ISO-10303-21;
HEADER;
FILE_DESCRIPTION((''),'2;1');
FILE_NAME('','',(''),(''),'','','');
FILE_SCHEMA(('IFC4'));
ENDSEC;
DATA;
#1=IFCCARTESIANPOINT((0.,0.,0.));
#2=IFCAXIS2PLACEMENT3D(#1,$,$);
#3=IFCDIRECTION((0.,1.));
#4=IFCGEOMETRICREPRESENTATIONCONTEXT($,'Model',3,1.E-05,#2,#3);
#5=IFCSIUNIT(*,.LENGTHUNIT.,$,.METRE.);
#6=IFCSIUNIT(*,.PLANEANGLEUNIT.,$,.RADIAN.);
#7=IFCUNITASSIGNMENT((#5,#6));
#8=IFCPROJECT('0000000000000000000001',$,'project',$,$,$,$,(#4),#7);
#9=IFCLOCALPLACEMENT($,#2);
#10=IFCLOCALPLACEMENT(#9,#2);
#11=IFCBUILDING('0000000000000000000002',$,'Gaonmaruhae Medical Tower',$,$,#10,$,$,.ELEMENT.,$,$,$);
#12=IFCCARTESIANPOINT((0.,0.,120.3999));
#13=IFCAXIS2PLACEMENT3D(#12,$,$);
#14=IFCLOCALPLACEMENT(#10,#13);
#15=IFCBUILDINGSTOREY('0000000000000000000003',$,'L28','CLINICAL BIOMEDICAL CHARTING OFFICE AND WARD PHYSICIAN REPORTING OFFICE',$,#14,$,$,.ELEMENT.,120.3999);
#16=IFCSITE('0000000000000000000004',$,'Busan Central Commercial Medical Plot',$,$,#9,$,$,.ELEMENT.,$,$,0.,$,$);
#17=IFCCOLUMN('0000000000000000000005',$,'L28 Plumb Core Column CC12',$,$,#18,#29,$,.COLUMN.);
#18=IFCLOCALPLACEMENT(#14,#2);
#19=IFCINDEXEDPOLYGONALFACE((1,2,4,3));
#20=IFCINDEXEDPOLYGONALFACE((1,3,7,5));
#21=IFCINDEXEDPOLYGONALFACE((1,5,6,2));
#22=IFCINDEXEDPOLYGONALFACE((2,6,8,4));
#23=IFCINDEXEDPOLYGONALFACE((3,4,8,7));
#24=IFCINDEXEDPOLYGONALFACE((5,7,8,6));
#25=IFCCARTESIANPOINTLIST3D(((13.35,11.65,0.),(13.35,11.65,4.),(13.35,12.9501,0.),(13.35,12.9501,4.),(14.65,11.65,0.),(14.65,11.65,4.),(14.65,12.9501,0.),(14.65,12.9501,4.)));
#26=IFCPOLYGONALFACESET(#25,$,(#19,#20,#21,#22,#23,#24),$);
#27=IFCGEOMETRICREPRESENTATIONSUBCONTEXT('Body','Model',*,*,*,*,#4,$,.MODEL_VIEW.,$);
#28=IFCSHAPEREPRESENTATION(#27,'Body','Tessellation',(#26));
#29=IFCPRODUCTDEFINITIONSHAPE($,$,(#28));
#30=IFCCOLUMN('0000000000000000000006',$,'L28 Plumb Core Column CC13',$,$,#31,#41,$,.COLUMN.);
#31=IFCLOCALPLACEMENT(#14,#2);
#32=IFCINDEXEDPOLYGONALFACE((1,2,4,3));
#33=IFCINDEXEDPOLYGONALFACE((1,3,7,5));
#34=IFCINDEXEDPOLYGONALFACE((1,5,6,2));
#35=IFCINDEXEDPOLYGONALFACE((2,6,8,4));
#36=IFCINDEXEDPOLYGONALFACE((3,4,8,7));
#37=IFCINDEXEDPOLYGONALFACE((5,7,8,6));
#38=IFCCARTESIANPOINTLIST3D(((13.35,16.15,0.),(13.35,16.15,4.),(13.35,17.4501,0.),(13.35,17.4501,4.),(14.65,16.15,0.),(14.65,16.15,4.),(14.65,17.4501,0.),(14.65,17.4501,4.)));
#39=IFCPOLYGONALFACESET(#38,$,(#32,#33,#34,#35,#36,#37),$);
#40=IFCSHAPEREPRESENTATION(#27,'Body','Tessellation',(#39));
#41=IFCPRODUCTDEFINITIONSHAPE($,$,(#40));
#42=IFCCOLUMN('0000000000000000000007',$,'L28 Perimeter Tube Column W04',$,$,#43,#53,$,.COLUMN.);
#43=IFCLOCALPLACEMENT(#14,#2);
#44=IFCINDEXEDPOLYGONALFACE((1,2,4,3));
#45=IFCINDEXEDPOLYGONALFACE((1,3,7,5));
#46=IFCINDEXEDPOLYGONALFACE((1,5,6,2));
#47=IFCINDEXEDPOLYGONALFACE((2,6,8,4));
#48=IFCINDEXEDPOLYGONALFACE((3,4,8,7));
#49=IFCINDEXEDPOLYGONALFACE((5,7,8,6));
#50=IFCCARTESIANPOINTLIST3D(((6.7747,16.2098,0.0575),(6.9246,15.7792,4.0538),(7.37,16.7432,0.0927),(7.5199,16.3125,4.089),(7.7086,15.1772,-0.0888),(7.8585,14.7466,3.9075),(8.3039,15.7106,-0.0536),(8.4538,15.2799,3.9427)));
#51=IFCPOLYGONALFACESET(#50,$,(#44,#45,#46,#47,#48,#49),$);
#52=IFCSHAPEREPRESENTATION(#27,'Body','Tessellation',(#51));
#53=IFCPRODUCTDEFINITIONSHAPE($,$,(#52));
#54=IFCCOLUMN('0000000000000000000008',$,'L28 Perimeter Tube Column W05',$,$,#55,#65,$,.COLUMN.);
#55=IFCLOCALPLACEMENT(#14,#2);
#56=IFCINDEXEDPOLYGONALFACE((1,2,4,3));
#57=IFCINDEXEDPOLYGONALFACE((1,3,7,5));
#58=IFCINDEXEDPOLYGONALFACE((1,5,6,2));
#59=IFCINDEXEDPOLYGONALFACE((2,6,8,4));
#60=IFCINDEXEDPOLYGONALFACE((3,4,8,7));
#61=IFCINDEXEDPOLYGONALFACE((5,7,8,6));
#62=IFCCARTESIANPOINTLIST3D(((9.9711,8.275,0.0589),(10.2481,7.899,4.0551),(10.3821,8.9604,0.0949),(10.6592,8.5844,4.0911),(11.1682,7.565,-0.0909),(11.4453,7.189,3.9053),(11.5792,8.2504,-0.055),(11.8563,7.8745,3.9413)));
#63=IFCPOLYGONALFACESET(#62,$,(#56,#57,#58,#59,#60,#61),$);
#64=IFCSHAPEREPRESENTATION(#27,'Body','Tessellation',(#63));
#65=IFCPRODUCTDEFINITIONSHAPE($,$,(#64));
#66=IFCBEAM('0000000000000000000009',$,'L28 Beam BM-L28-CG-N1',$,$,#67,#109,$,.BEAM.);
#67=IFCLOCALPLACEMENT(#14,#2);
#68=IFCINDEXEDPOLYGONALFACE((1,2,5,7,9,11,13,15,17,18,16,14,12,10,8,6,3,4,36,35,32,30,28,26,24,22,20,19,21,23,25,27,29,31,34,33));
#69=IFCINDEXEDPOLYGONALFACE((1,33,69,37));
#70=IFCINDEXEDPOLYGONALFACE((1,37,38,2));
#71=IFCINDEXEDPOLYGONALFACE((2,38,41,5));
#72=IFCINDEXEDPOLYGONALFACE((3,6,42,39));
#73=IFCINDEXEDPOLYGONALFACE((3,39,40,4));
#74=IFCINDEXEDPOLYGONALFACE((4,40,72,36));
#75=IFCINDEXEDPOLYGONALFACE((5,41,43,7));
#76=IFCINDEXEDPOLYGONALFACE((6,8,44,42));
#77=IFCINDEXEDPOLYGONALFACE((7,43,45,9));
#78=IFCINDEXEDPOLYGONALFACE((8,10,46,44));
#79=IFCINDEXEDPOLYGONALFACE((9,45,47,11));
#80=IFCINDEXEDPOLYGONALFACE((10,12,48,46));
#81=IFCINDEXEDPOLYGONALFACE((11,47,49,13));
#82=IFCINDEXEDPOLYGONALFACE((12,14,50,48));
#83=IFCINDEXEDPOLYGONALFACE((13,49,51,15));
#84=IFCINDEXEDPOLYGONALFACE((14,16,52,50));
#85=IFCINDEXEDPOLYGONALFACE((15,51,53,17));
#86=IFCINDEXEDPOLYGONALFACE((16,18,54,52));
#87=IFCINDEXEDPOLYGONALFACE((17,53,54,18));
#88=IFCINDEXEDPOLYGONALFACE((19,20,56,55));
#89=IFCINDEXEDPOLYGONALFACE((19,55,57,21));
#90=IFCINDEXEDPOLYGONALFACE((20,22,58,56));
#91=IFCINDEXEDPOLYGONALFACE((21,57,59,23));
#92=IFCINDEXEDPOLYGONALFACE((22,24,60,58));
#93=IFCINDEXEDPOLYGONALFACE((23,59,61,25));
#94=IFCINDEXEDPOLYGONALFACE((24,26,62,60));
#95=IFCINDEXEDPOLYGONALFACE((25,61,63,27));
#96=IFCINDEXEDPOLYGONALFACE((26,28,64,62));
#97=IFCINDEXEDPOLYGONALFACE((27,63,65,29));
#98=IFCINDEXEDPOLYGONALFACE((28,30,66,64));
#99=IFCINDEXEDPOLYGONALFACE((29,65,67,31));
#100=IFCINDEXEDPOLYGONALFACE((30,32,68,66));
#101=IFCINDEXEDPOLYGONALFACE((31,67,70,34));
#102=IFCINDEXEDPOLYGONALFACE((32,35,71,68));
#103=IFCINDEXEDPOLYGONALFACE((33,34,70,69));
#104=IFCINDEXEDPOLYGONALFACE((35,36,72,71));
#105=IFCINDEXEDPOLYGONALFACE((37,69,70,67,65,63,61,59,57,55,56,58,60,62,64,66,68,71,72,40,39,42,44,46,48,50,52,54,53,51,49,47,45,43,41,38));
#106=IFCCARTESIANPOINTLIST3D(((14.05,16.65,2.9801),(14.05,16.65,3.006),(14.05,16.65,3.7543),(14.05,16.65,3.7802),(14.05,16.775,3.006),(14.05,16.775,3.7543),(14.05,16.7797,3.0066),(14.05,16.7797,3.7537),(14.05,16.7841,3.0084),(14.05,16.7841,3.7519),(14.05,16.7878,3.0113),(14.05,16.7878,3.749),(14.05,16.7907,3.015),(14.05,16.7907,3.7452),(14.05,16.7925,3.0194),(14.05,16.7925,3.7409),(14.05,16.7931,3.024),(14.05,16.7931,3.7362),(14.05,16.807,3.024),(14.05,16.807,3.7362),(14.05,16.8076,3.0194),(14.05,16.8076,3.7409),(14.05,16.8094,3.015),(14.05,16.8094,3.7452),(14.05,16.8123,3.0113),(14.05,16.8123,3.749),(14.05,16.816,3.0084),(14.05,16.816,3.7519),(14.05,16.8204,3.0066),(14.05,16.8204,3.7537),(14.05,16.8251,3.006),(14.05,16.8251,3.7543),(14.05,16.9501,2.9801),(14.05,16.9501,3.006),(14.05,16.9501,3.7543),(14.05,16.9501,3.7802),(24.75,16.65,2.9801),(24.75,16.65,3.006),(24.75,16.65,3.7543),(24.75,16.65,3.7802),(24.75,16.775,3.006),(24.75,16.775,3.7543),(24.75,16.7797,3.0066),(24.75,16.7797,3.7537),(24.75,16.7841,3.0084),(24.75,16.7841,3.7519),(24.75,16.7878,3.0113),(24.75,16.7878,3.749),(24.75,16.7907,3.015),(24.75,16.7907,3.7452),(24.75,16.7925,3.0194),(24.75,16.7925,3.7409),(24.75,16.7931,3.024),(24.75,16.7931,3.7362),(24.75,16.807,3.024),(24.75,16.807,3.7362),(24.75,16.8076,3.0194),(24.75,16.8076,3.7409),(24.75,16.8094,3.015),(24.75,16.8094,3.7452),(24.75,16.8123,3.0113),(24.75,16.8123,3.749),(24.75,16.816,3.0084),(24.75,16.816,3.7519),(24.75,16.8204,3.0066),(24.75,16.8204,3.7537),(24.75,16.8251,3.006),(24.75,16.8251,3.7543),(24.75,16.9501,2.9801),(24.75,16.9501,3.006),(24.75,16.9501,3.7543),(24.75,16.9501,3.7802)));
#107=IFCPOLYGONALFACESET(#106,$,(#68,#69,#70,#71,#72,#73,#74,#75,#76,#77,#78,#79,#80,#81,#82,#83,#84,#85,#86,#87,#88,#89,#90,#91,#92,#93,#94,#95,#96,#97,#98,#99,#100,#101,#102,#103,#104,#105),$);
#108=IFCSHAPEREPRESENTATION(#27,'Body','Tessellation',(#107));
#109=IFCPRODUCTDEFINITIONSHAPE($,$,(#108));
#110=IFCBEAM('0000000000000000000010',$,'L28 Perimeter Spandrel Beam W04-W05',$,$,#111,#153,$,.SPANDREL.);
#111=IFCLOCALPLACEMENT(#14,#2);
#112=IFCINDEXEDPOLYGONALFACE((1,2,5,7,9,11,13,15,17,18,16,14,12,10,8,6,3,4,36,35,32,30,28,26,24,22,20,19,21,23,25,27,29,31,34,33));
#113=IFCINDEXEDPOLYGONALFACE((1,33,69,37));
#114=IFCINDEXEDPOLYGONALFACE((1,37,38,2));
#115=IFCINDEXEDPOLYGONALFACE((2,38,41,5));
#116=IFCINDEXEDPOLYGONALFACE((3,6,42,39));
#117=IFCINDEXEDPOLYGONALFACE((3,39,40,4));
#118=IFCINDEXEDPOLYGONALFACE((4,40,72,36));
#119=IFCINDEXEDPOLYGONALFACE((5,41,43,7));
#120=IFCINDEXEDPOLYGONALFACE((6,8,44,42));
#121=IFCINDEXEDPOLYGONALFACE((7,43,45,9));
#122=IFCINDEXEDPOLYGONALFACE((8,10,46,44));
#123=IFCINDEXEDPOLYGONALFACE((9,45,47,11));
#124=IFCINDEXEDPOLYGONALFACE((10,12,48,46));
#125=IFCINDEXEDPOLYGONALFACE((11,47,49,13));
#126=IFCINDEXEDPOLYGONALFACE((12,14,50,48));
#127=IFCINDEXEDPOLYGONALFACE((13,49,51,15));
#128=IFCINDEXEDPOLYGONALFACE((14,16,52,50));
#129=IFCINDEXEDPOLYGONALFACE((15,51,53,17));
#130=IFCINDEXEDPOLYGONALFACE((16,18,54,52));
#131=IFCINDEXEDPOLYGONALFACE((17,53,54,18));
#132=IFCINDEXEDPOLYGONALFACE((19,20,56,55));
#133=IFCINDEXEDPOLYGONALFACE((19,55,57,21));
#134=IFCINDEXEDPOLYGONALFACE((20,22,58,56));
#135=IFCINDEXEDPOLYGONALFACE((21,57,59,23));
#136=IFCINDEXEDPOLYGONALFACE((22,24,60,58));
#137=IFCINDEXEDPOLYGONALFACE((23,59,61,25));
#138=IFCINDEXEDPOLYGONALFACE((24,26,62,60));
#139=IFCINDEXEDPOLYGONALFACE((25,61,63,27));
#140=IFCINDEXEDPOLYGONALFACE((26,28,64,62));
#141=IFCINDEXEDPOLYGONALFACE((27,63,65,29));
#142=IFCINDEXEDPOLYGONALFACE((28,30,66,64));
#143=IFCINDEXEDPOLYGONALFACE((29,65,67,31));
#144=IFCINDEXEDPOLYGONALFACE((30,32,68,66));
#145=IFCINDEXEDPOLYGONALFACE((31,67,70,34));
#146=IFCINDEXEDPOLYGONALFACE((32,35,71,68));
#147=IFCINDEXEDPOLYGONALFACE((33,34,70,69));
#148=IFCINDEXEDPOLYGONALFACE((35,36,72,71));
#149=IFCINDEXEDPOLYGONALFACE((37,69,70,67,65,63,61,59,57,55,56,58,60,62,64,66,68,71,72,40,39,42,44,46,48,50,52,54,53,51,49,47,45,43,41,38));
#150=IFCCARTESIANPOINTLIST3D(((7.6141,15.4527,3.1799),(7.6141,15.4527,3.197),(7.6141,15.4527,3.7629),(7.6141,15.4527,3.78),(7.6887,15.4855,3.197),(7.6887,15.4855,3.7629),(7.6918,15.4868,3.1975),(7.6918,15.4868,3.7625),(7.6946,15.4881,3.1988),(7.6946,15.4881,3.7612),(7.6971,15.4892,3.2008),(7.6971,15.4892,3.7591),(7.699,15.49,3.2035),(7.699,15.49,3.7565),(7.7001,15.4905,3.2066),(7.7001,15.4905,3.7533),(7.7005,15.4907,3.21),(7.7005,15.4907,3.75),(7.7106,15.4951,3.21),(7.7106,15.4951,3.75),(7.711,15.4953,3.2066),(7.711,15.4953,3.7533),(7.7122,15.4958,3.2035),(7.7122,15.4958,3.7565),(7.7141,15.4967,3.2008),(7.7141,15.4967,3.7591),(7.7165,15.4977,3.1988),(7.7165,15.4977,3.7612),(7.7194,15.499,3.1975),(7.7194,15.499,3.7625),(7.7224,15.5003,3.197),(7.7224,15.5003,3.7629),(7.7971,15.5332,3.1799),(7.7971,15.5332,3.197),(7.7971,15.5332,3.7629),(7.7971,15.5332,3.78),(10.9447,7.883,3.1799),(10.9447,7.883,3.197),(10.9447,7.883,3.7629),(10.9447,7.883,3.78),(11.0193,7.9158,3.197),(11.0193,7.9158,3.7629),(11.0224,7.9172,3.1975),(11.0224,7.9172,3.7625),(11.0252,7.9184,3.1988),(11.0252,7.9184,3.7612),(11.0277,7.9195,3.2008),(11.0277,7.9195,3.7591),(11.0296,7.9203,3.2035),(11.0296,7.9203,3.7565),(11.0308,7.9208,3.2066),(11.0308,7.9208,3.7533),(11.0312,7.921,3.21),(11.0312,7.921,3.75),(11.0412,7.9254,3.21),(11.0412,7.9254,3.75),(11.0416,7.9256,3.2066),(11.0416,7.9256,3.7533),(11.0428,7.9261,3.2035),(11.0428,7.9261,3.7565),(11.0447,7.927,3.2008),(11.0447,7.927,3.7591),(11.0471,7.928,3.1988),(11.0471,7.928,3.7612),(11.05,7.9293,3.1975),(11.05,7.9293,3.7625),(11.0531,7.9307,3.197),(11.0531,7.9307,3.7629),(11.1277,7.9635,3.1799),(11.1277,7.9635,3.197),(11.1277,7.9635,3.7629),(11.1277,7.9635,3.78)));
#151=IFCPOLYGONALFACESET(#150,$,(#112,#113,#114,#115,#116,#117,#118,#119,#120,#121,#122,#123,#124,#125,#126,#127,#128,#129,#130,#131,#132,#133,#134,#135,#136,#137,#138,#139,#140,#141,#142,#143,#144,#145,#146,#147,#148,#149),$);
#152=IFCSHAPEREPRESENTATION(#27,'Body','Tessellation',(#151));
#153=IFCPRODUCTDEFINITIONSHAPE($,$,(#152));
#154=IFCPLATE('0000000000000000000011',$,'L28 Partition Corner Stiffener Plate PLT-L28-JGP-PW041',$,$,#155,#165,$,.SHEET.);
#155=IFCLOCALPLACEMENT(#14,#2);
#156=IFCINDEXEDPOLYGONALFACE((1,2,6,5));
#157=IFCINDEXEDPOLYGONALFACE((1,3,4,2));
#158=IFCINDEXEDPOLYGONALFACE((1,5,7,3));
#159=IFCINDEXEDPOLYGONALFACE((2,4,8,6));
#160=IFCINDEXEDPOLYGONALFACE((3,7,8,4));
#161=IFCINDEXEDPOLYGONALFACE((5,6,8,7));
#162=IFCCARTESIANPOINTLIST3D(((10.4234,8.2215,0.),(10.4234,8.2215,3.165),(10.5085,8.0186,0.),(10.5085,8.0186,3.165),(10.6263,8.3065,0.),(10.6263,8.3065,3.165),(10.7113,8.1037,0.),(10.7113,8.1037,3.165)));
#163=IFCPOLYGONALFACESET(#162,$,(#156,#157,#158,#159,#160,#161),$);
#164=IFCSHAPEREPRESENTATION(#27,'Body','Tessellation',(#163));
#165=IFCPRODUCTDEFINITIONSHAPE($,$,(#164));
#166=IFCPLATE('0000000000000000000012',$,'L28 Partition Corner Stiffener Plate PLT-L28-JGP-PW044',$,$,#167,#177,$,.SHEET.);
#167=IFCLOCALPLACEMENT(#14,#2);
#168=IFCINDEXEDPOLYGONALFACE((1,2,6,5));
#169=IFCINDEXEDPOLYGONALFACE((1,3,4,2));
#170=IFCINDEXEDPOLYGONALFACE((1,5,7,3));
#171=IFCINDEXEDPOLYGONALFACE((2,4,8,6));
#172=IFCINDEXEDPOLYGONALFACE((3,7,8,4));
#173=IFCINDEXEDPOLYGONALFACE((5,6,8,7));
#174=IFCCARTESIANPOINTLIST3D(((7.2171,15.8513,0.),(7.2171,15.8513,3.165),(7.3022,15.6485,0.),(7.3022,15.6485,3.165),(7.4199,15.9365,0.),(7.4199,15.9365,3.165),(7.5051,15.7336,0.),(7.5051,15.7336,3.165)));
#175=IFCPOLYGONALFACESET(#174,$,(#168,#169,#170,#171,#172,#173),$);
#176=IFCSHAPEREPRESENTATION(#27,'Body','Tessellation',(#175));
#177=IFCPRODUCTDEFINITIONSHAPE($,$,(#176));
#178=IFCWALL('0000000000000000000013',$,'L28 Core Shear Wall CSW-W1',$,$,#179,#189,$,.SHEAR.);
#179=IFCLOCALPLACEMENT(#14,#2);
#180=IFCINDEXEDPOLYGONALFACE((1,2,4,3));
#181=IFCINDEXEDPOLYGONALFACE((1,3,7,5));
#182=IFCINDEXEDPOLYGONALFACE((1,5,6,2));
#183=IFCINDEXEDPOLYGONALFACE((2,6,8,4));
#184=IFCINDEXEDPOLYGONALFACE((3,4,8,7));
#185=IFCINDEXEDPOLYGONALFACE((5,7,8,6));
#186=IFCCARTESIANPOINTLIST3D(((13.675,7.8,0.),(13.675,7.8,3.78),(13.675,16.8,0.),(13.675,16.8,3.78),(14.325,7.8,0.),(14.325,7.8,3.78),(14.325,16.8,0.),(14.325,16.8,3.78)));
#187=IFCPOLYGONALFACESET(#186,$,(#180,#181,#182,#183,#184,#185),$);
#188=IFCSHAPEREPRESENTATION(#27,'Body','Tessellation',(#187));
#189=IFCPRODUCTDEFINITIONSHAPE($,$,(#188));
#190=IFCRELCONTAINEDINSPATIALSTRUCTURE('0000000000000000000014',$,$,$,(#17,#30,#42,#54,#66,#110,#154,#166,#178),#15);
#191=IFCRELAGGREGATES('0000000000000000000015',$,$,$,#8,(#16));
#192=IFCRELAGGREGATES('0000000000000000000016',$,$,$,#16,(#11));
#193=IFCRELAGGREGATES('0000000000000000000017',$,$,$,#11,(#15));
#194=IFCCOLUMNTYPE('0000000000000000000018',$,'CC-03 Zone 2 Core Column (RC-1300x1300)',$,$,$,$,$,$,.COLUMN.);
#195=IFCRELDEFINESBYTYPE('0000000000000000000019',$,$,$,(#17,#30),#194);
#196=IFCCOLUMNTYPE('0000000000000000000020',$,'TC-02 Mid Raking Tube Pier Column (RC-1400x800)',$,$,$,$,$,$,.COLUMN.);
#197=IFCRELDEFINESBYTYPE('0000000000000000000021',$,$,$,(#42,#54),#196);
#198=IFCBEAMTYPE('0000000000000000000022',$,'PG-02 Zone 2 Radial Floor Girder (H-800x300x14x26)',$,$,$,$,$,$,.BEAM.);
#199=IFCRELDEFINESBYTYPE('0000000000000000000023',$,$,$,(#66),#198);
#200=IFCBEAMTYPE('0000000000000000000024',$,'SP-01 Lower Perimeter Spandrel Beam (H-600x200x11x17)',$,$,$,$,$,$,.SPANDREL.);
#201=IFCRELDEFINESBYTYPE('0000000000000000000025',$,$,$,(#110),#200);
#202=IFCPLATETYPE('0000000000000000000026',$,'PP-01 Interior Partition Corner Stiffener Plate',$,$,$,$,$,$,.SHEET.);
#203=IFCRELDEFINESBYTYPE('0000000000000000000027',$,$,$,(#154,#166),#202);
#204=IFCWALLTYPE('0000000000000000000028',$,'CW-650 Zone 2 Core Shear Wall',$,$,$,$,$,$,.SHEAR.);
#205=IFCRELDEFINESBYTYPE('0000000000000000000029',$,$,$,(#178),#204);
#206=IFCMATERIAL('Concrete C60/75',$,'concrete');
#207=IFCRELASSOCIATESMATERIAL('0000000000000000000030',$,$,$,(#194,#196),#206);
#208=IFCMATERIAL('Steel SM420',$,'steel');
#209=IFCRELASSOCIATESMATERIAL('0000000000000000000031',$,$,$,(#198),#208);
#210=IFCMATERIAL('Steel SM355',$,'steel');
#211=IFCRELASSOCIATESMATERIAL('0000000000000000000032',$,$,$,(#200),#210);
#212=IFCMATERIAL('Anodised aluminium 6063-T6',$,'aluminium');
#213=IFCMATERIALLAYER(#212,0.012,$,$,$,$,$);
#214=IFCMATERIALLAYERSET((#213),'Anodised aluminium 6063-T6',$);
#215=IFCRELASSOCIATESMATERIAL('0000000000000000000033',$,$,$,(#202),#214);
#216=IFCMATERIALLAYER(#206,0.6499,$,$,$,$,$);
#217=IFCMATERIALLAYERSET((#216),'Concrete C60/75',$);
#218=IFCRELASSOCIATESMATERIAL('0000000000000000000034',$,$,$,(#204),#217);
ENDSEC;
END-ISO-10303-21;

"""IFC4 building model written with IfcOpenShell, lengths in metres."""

from ifc_helpers import new_model, si_unit, direction, frame, frame_2d, origin, origin_2d, place, context, subcontext, project, spatial, rectangle, i_section, extrude, material, layer, layer_set, material_profile, profile_set, type_object, element, save


model = new_model("IFC4")

# Units and contexts
model_context = context("Model", 3, precision=1e-05, world=origin(), true_north=direction((0.0, 1.0)))
body_context = subcontext(model_context, "Body", "Model", "MODEL_VIEW")
ifc_project = project(units=[si_unit("LENGTHUNIT", "METRE"), si_unit("PLANEANGLEUNIT", "RADIAN")], contexts=[model_context])

# Site, building, storey
site_placement = place(None, origin())
site = spatial("IfcSite", under=ifc_project, at=site_placement, Name="Busan Central Commercial Medical Plot", CompositionType="ELEMENT", RefElevation=0.0)
building_placement = place(site_placement, origin())
building = spatial("IfcBuilding", under=site, at=building_placement, Name="Gaonmaruhae Medical Tower", CompositionType="ELEMENT")
storey_placement = place(building_placement, frame((0.0, 0.0, 120.3999)))
storey = spatial("IfcBuildingStorey", under=building, at=storey_placement, Name="L28", Description="CLINICAL BIOMEDICAL CHARTING OFFICE AND WARD PHYSICIAN REPORTING OFFICE", CompositionType="ELEMENT", Elevation=120.3999)

# Columns
ifc_material_1 = material(Name="Concrete C60/75", Category="concrete")
ifc_material_profile_1 = material_profile(ifc_material_1, rectangle(XDim=1.3, YDim=1.3, at=origin_2d()), Name="RC-1300x1300")
ifc_profile_set_1 = profile_set([ifc_material_profile_1], Name="Concrete C60/75")
column_type_1 = type_object("IfcColumnType", Name="CC-03 Zone 2 Core Column (RC-1300x1300)", PredefinedType="COLUMN", material=ifc_profile_set_1)
for number, where, z_axis, x_axis, name in (
    (1, (14.0, 12.3, 0.0), (0.0, 0.0, 1.0), (1.0, 0.0, 0.0), "L28 Plumb Core Column CC12"),
    (2, (14.0, 16.8, 0.0), (0.0, 0.0, 1.0), (1.0, 0.0, 0.0), "L28 Plumb Core Column CC13"),
):
    element("IfcColumn", number, at=place(storey_placement, frame(where, z_axis=z_axis, x_axis=x_axis)), inside=storey, type_object=column_type_1, Name=name, PredefinedType="COLUMN", context=body_context, shape_type="SweptSolid", body=[
        extrude(rectangle(XDim=1.3, YDim=1.3, at=origin_2d()), origin(), (0.0, 0.0, 1.0), 4.0),
    ])
ifc_material_profile_2 = material_profile(ifc_material_1, rectangle(XDim=1.3999, YDim=0.8, at=origin_2d()), Name="RC-1400x800")
ifc_profile_set_2 = profile_set([ifc_material_profile_2], Name="Concrete C60/75")
column_type_2 = type_object("IfcColumnType", Name="TC-02 Mid Raking Tube Pier Column (RC-1400x800)", PredefinedType="COLUMN", material=ifc_profile_set_2)
column_1_placement = place(storey_placement, frame((7.5393, 15.9602, 0.002), z_axis=(0.037268, -0.10707, 0.993553), x_axis=(-0.667068, 0.73763, 0.104512)))
element("IfcColumn", 3, at=column_1_placement, inside=storey, type_object=column_type_2, Name="L28 Perimeter Tube Column W04", PredefinedType="COLUMN", context=body_context, shape_type="SweptSolid", body=[
    extrude(rectangle(XDim=1.3999, YDim=0.8, at=origin_2d()), origin(), (0.0, 0.0, 1.0), 4.0222),
])
column_2_placement = place(storey_placement, frame((10.7751, 8.2627, 0.002), z_axis=(0.06887, -0.093444, 0.99324), x_axis=(-0.855179, 0.507166, 0.107011)))
element("IfcColumn", 4, at=column_2_placement, inside=storey, type_object=column_type_2, Name="L28 Perimeter Tube Column W05", PredefinedType="COLUMN", context=body_context, shape_type="SweptSolid", body=[
    extrude(rectangle(XDim=1.3999, YDim=0.8, at=origin_2d()), origin(), (0.0, 0.0, 1.0), 4.0234),
])

# Beams
ifc_material_2 = material(Name="Steel SM420", Category="steel")
ifc_material_profile_3 = material_profile(ifc_material_2, i_section(OverallWidth=0.3, OverallDepth=0.8, WebThickness=0.0139, FlangeThickness=0.0259, FilletRadius=0.0181, at=origin_2d()), Name="H-800x300x14x26")
ifc_profile_set_3 = profile_set([ifc_material_profile_3], Name="Steel SM420")
beam_type_1 = type_object("IfcBeamType", Name="PG-02 Zone 2 Radial Floor Girder (H-800x300x14x26)", PredefinedType="BEAM", material=ifc_profile_set_3)
beam_1_placement = place(storey_placement, frame((14.05, 16.8, 3.3801), z_axis=(1.0, 0.0, 0.0), x_axis=(0.0, 1.0, 0.0)))
element("IfcBeam", 5, at=beam_1_placement, inside=storey, type_object=beam_type_1, Name="L28 Beam BM-L28-CG-N1", PredefinedType="BEAM", context=body_context, shape_type="SweptSolid", body=[
    extrude(i_section(OverallWidth=0.3, OverallDepth=0.8, WebThickness=0.0139, FlangeThickness=0.0259, FilletRadius=0.0181, at=origin_2d()), origin(), (0.0, 0.0, 1.0), 10.7),
])
ifc_material_3 = material(Name="Steel SM355", Category="steel")
ifc_material_profile_4 = material_profile(ifc_material_3, i_section(OverallWidth=0.2, OverallDepth=0.6001, WebThickness=0.011, FlangeThickness=0.0171, FilletRadius=0.0129, at=origin_2d()), Name="H-600x200x11x17")
ifc_profile_set_4 = profile_set([ifc_material_profile_4], Name="Steel SM355")
beam_type_2 = type_object("IfcBeamType", Name="SP-01 Lower Perimeter Spandrel Beam (H-600x200x11x17)", PredefinedType="SPANDREL", material=ifc_profile_set_4)
beam_2_placement = place(storey_placement, frame((7.7056, 15.4929, 3.48), z_axis=(0.402734, -0.915317, 0.0), x_axis=(0.915317, 0.402734, 0.0)))
element("IfcBeam", 6, at=beam_2_placement, inside=storey, type_object=beam_type_2, Name="L28 Perimeter Spandrel Beam W04-W05", PredefinedType="SPANDREL", context=body_context, shape_type="SweptSolid", body=[
    extrude(i_section(OverallWidth=0.2, OverallDepth=0.6001, WebThickness=0.011, FlangeThickness=0.0171, FilletRadius=0.0129, at=origin_2d()), origin(), (0.0, 0.0, 1.0), 8.27),
])

# Plates
ifc_material_4 = material(Name="Anodised aluminium 6063-T6", Category="aluminium")
ifc_layer_1 = layer(ifc_material_4, 0.012)
ifc_layer_set_1 = layer_set([ifc_layer_1], Name="Anodised aluminium 6063-T6")
plate_type = type_object("IfcPlateType", Name="PP-01 Interior Partition Corner Stiffener Plate", PredefinedType="SHEET", material=ifc_layer_set_1)
for number, where, z_axis, x_axis, name in (
    (7, (10.5674, 8.1626, 0.0), (0.0, 0.0, 1.0), (-0.386534, 0.922275, 0.0), "L28 Partition Corner Stiffener Plate PLT-L28-JGP-PW041"),
    (8, (7.3611, 15.7925, 0.0), (0.0, 0.0, 1.0), (-0.38692, 0.922113, 0.0), "L28 Partition Corner Stiffener Plate PLT-L28-JGP-PW044"),
):
    element("IfcPlate", number, at=place(storey_placement, frame(where, z_axis=z_axis, x_axis=x_axis)), inside=storey, type_object=plate_type, Name=name, PredefinedType="SHEET", context=body_context, shape_type="SweptSolid", body=[
        extrude(rectangle(XDim=0.22, YDim=0.22, at=origin_2d()), origin(), (0.0, 0.0, 1.0), 3.165),
    ])

# Wall
ifc_layer_2 = layer(ifc_material_1, 0.6499)
ifc_layer_set_2 = layer_set([ifc_layer_2], Name="Concrete C60/75")
wall_type_1 = type_object("IfcWallType", Name="CW-650 Zone 2 Core Shear Wall", PredefinedType="SHEAR", material=ifc_layer_set_2)
wall_1_placement = place(storey_placement, frame((14.0, 16.8, 0.0), z_axis=(0.0, 0.0, 1.0), x_axis=(0.0, -1.0, 0.0)))
element("IfcWall", 9, at=wall_1_placement, inside=storey, type_object=wall_type_1, Name="L28 Core Shear Wall CSW-W1", PredefinedType="SHEAR", context=body_context, shape_type="SweptSolid", body=[
    extrude(rectangle(XDim=9.0, YDim=0.6499, at=frame_2d((4.5, 0.0))), origin(), (0.0, 0.0, 1.0), 3.78),
])

save(model, "model.ifc")
